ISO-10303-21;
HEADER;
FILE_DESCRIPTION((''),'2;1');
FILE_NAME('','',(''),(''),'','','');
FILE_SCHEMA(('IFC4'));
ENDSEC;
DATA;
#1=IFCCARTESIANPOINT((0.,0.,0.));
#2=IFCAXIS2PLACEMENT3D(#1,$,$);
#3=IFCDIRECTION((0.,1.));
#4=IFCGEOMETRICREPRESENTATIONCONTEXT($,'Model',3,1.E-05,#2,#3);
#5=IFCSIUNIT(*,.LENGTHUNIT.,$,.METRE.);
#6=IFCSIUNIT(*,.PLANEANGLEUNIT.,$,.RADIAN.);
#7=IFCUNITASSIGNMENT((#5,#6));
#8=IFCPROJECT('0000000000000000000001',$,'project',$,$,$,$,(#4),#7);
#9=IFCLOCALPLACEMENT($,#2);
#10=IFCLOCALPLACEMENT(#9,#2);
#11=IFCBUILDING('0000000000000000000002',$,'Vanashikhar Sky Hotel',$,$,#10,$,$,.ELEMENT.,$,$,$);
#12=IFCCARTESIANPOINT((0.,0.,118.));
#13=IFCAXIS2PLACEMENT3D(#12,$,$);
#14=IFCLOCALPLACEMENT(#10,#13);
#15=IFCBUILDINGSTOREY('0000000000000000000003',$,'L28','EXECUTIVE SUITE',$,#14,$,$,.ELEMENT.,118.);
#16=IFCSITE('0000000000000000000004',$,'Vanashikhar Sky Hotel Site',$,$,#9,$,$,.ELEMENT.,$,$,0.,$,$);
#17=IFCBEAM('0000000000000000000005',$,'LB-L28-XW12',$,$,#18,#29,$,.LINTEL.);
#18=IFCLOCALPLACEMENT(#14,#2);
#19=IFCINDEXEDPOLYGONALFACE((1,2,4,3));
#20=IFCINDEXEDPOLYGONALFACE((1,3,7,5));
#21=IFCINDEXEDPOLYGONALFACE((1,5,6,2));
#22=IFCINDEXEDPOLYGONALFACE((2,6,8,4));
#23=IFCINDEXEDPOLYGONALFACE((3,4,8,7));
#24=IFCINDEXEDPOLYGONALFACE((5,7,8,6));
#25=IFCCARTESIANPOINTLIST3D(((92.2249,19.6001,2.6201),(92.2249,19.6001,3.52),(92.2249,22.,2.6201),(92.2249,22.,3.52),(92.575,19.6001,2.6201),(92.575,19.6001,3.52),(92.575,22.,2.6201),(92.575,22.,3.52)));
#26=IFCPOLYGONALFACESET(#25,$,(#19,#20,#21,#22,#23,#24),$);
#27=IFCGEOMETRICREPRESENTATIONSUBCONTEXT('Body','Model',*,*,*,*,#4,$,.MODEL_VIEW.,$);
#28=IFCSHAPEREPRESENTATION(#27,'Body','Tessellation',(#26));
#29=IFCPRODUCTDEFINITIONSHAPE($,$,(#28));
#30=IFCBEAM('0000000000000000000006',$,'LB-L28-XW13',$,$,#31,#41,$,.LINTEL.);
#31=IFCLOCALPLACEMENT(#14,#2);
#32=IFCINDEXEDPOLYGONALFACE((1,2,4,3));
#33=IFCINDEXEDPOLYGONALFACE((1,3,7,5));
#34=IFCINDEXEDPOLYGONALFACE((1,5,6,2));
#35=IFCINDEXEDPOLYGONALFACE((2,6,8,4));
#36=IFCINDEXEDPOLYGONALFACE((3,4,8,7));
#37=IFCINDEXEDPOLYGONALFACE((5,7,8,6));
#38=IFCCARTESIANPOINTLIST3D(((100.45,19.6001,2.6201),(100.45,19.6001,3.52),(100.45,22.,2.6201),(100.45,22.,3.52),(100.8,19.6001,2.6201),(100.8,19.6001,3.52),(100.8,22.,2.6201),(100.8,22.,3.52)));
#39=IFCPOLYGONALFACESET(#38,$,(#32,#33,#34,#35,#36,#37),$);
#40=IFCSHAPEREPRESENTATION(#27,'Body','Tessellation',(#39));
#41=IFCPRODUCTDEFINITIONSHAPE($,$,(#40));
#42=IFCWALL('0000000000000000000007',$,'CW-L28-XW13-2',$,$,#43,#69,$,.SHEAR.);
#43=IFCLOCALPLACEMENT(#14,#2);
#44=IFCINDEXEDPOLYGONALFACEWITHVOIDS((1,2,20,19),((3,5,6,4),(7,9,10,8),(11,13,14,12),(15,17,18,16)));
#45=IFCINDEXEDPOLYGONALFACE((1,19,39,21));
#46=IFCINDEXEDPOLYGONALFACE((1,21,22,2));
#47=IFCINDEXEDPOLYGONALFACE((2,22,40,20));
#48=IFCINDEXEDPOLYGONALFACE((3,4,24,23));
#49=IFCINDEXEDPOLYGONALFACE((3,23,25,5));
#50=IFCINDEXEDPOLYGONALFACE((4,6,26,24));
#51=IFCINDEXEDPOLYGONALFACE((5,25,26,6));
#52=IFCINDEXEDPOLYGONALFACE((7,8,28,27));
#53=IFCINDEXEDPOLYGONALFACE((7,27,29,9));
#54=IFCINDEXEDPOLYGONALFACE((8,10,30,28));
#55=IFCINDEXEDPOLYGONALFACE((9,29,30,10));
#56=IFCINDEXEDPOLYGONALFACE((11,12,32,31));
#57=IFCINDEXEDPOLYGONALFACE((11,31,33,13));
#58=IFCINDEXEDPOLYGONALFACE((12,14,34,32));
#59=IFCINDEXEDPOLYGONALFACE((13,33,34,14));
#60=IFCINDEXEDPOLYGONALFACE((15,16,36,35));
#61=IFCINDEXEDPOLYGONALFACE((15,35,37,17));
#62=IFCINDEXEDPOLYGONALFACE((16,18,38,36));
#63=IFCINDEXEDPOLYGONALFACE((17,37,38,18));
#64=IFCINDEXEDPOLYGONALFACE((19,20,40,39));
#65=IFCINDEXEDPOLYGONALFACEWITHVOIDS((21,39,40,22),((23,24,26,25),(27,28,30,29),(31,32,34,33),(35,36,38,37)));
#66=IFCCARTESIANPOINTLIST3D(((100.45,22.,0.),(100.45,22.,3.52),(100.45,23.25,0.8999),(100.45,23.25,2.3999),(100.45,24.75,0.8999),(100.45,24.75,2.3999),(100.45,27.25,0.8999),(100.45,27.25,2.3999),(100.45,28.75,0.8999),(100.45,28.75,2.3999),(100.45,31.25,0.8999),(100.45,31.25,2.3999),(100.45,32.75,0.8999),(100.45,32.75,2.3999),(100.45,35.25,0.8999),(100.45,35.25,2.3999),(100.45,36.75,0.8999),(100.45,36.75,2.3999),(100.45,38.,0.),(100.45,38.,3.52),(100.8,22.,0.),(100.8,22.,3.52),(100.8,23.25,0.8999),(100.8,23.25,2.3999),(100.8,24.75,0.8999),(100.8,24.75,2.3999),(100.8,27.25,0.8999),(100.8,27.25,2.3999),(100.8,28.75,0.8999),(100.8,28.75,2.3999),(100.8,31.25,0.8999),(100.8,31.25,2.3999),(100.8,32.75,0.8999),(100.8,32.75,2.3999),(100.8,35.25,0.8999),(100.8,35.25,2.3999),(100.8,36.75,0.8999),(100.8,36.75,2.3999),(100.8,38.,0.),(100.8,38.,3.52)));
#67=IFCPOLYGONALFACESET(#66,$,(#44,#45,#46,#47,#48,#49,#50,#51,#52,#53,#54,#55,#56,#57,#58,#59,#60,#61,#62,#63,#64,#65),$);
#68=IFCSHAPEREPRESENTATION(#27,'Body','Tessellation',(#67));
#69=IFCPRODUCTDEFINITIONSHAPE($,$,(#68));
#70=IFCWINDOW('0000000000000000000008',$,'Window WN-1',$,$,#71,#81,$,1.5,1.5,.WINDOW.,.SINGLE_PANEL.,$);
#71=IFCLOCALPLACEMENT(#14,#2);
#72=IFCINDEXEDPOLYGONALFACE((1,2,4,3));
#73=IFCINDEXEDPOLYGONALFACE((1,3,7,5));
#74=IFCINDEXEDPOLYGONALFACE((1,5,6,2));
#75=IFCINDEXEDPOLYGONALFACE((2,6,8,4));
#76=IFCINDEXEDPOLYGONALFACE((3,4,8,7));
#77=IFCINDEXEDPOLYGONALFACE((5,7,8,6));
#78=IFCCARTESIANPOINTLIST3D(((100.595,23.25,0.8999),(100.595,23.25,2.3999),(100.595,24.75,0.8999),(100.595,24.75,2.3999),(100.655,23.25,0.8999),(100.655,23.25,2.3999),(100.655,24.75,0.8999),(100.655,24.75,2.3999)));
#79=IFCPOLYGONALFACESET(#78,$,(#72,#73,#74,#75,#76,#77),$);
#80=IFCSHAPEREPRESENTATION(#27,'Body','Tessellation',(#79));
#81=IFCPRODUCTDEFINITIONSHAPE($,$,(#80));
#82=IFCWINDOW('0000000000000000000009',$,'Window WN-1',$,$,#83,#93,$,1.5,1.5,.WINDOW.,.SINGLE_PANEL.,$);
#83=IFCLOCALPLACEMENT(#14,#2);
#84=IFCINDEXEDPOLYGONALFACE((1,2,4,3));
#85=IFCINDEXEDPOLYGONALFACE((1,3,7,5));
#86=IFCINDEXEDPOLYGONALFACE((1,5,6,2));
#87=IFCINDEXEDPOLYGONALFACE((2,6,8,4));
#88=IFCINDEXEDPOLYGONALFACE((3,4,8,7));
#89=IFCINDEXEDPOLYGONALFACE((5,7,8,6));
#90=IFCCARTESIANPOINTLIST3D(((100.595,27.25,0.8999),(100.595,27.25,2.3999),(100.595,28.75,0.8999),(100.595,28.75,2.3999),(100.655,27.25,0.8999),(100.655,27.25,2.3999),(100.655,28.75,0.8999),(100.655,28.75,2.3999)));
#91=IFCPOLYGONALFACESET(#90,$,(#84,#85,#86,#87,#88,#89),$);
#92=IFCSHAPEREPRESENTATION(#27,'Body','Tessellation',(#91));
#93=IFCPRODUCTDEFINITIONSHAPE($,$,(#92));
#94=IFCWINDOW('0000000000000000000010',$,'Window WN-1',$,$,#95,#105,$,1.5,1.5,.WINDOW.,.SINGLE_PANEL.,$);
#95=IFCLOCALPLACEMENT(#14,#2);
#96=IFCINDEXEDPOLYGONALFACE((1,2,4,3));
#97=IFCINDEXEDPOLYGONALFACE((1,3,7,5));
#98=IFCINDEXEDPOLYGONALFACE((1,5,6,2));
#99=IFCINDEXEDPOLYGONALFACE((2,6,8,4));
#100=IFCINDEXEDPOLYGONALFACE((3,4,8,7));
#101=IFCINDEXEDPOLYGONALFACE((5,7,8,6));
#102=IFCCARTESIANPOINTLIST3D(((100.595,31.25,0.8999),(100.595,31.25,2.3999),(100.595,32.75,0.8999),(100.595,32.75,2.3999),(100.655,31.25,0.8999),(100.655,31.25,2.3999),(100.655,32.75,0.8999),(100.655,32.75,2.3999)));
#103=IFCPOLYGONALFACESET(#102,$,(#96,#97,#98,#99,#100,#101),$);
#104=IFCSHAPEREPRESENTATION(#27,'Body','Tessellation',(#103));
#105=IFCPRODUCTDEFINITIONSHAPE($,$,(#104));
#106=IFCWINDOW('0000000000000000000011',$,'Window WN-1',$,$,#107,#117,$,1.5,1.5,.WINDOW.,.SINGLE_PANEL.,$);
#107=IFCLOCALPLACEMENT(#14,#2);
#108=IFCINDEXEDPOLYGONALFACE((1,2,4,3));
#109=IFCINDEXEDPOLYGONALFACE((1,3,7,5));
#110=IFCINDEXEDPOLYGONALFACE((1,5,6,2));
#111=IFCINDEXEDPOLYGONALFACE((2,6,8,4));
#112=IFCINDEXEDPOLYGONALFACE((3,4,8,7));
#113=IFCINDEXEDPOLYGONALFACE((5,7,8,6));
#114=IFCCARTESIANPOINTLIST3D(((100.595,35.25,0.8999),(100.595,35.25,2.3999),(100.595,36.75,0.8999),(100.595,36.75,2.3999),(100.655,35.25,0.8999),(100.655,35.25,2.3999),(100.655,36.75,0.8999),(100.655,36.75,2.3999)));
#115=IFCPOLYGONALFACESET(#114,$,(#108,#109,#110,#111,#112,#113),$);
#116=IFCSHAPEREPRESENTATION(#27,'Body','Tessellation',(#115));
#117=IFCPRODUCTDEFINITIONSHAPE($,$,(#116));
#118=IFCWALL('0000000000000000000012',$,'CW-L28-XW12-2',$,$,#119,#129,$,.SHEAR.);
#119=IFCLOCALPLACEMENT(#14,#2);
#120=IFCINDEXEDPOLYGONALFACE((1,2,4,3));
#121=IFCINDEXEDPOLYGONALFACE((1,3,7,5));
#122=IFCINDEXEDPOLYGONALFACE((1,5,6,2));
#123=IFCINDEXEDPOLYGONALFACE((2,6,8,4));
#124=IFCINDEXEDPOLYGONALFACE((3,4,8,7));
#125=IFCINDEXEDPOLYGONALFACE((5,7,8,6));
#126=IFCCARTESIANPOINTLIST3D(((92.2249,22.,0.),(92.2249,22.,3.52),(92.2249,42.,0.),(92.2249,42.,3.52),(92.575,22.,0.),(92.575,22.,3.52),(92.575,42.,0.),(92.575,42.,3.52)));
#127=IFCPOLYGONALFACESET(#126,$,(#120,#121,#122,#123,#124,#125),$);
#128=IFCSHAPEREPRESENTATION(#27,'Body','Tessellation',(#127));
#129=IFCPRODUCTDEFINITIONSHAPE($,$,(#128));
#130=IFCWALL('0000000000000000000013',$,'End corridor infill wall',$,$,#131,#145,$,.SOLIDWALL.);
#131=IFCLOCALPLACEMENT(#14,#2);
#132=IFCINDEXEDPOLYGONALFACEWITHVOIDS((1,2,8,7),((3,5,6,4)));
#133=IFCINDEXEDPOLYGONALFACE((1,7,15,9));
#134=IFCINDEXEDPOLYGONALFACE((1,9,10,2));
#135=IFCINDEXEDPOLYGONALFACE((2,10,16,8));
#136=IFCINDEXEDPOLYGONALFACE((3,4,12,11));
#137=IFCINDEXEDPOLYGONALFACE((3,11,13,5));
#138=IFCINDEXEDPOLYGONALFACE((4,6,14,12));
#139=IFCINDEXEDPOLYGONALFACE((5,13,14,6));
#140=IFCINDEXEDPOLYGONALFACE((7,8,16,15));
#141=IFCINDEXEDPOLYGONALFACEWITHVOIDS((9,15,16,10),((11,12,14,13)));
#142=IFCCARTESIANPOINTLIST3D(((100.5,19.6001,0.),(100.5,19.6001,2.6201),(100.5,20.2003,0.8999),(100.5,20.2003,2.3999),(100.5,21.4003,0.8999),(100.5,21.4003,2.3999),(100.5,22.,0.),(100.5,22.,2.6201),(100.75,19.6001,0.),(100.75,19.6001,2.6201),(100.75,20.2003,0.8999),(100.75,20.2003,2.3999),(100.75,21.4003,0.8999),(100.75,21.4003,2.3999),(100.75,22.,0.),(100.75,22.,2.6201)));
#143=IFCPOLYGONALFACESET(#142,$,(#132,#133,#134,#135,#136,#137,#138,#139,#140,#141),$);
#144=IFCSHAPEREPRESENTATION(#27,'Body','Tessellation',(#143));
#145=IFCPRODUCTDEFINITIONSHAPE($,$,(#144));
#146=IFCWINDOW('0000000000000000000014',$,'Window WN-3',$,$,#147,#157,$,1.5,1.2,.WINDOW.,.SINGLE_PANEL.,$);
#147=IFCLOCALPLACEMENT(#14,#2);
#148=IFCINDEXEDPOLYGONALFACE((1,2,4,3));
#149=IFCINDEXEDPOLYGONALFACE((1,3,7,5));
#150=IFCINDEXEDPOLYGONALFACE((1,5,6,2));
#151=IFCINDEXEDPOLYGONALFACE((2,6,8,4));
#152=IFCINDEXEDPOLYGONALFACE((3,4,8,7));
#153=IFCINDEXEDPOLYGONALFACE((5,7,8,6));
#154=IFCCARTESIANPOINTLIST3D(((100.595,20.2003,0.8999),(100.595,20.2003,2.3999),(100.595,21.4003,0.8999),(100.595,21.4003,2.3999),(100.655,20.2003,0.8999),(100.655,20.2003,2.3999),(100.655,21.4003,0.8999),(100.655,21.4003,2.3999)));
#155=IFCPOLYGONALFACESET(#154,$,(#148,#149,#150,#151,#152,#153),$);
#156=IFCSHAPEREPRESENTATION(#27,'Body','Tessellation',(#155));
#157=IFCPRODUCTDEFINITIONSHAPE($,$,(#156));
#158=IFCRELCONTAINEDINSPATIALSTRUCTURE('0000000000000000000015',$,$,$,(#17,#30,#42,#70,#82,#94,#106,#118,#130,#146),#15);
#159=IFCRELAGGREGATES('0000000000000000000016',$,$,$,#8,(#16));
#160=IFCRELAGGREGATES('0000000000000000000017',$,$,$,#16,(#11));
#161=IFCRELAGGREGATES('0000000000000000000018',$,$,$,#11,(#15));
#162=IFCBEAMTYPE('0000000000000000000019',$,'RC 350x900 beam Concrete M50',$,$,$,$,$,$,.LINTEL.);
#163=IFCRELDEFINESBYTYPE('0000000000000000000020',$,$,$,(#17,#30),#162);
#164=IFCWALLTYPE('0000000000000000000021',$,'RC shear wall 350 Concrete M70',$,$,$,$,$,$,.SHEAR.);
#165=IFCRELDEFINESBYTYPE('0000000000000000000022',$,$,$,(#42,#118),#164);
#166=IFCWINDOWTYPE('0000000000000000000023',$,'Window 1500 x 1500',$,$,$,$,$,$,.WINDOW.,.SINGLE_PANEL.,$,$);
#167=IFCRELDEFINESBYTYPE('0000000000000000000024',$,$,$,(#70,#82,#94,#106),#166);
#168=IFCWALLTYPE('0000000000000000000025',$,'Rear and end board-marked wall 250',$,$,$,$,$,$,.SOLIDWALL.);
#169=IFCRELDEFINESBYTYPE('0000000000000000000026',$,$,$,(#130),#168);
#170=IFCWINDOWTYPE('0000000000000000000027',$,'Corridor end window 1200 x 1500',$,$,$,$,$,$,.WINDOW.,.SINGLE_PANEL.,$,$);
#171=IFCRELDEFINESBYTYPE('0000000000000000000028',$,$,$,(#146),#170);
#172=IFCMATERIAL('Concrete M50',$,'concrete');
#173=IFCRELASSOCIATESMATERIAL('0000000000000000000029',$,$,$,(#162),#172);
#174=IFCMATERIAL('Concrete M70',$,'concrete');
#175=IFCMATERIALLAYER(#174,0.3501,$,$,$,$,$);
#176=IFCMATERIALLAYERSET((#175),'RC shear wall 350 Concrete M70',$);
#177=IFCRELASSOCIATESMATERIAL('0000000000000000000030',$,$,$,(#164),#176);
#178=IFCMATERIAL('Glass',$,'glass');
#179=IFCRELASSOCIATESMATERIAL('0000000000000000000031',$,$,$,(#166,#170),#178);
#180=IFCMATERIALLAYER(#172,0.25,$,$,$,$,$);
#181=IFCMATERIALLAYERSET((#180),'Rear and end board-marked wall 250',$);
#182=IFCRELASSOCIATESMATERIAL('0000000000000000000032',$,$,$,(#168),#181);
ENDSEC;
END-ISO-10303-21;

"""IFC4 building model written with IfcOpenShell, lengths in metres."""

from ifc_helpers import new_model, si_unit, direction, frame, frame_2d, origin, origin_2d, place, context, subcontext, project, spatial, rectangle, extrude, source, transform, mapped, material, layer, layer_set, material_profile, profile_set, type_object, element, fill, save


model = new_model("IFC4")

# Units and contexts
model_context = context("Model", 3, precision=1e-05, world=origin(), true_north=direction((0.0, 1.0)))
body_context = subcontext(model_context, "Body", "Model", "MODEL_VIEW")
ifc_project = project(units=[si_unit("LENGTHUNIT", "METRE"), si_unit("PLANEANGLEUNIT", "RADIAN")], contexts=[model_context])

# Site, building, storey
site_placement = place(None, origin())
site = spatial("IfcSite", under=ifc_project, at=site_placement, Name="Vanashikhar Sky Hotel Site", CompositionType="ELEMENT", RefElevation=0.0)
building_placement = place(site_placement, origin())
building = spatial("IfcBuilding", under=site, at=building_placement, Name="Vanashikhar Sky Hotel", CompositionType="ELEMENT")
storey_placement = place(building_placement, frame((0.0, 0.0, 118.0)))
storey = spatial("IfcBuildingStorey", under=building, at=storey_placement, Name="L28", Description="EXECUTIVE SUITE", CompositionType="ELEMENT", Elevation=118.0)

# Beams
ifc_material_1 = material(Name="Concrete M50", Category="concrete")
ifc_material_profile = material_profile(ifc_material_1, rectangle(XDim=0.3501, YDim=0.8999, at=origin_2d()))
ifc_profile_set = profile_set([ifc_material_profile], Name="RC 350x900 beam Concrete M50")
beam_type = type_object("IfcBeamType", Name="RC 350x900 beam Concrete M50", PredefinedType="LINTEL", material=ifc_profile_set)
shared_shape_1 = source(origin(), body_context, "Body", "SweptSolid", [
    extrude(rectangle(XDim=0.3501, YDim=0.8999, at=origin_2d()), origin(), (0.0, 0.0, 1.0), 2.3999),
])
for number, where, z_axis, x_axis, name in (
    (1, (92.3999, 19.6001, 3.0701), (0.0, 1.0, 0.0), (-1.0, 0.0, 0.0), "LB-L28-XW12"),
    (2, (100.625, 19.6001, 3.0701), (0.0, 1.0, 0.0), (-1.0, 0.0, 0.0), "LB-L28-XW13"),
):
    element("IfcBeam", number, at=place(storey_placement, frame(where, z_axis=z_axis, x_axis=x_axis)), inside=storey, type_object=beam_type, Name=name, PredefinedType="LINTEL", context=body_context, shape_type="MappedRepresentation", body=[
        mapped(shared_shape_1, transform((0.0, 0.0, 0.0), scale=1.0)),
    ])

# Wall, openings, windows
ifc_material_2 = material(Name="Concrete M70", Category="concrete")
ifc_layer_1 = layer(ifc_material_2, 0.3501)
ifc_layer_set_1 = layer_set([ifc_layer_1], Name="RC shear wall 350 Concrete M70")
wall_type_1 = type_object("IfcWallType", Name="RC shear wall 350 Concrete M70", PredefinedType="SHEAR", material=ifc_layer_set_1)
shared_shape_2 = source(origin(), body_context, "Body", "SweptSolid", [
    extrude(rectangle(XDim=16.0, YDim=0.3501, at=frame_2d((8.0, 0.0))), origin(), (0.0, 0.0, 1.0), 3.52),
])
wall_1_placement = place(storey_placement, frame((100.625, 22.0, 0.0), z_axis=(0.0, 0.0, 1.0), x_axis=(0.0, 1.0, 0.0)))
wall_1 = element("IfcWall", 3, at=wall_1_placement, inside=storey, type_object=wall_type_1, Name="CW-L28-XW13-2", PredefinedType="SHEAR", context=body_context, shape_type="MappedRepresentation", body=[
    mapped(shared_shape_2, transform((0.0, 0.0, 0.0), scale=1.0)),
])
shared_shape_3 = source(origin(), body_context, "Body", "SweptSolid", [
    extrude(rectangle(XDim=1.5, YDim=1.5, at=frame_2d((0.75, 0.75))), frame((0.0, 0.1851, 0.0), z_axis=(0.0, -1.0, 0.0), x_axis=(1.0, 0.0, 0.0)), (0.0, 0.0, 1.0), 0.3701),
])
opening_1_placement = place(wall_1_placement, frame((1.25, 0.0, 0.8999)))
opening_1 = element("IfcOpeningElement", 4, at=opening_1_placement, cuts=wall_1, PredefinedType="OPENING", context=body_context, shape_type="MappedRepresentation", body=[
    mapped(shared_shape_3, transform((0.0, 0.0, 0.0), scale=1.0)),
])
opening_2_placement = place(wall_1_placement, frame((5.25, 0.0, 0.8999)))
opening_2 = element("IfcOpeningElement", 5, at=opening_2_placement, cuts=wall_1, PredefinedType="OPENING", context=body_context, shape_type="MappedRepresentation", body=[
    mapped(shared_shape_3, transform((0.0, 0.0, 0.0), scale=1.0)),
])
opening_3_placement = place(wall_1_placement, frame((9.25, 0.0, 0.8999)))
opening_3 = element("IfcOpeningElement", 6, at=opening_3_placement, cuts=wall_1, PredefinedType="OPENING", context=body_context, shape_type="MappedRepresentation", body=[
    mapped(shared_shape_3, transform((0.0, 0.0, 0.0), scale=1.0)),
])
opening_4_placement = place(wall_1_placement, frame((13.25, 0.0, 0.8999)))
opening_4 = element("IfcOpeningElement", 7, at=opening_4_placement, cuts=wall_1, PredefinedType="OPENING", context=body_context, shape_type="MappedRepresentation", body=[
    mapped(shared_shape_3, transform((0.0, 0.0, 0.0), scale=1.0)),
])
ifc_material_3 = material(Name="Glass", Category="glass")
window_type_1 = type_object("IfcWindowType", Name="Window 1500 x 1500", PartitioningType="SINGLE_PANEL", PredefinedType="WINDOW", material=ifc_material_3)
shared_shape_4 = source(origin(), body_context, "Body", "SweptSolid", [
    extrude(rectangle(XDim=1.5, YDim=1.5, at=frame_2d((0.75, 0.75))), frame((0.0, 0.03, 0.0), z_axis=(0.0, -1.0, 0.0), x_axis=(1.0, 0.0, 0.0)), (0.0, 0.0, 1.0), 0.0601),
])
window_1_placement = place(opening_1_placement, origin())
window_1 = element("IfcWindow", 8, at=window_1_placement, inside=storey, type_object=window_type_1, Name="Window WN-1", OverallHeight=1.5, OverallWidth=1.5, PartitioningType="SINGLE_PANEL", PredefinedType="WINDOW", context=body_context, shape_type="MappedRepresentation", body=[
    mapped(shared_shape_4, transform((0.0, 0.0, 0.0), scale=1.0)),
])
fill(opening_1, window_1)
window_2_placement = place(opening_2_placement, origin())
window_2 = element("IfcWindow", 9, at=window_2_placement, inside=storey, type_object=window_type_1, Name="Window WN-1", OverallHeight=1.5, OverallWidth=1.5, PartitioningType="SINGLE_PANEL", PredefinedType="WINDOW", context=body_context, shape_type="MappedRepresentation", body=[
    mapped(shared_shape_4, transform((0.0, 0.0, 0.0), scale=1.0)),
])
fill(opening_2, window_2)
window_3_placement = place(opening_3_placement, origin())
window_3 = element("IfcWindow", 10, at=window_3_placement, inside=storey, type_object=window_type_1, Name="Window WN-1", OverallHeight=1.5, OverallWidth=1.5, PartitioningType="SINGLE_PANEL", PredefinedType="WINDOW", context=body_context, shape_type="MappedRepresentation", body=[
    mapped(shared_shape_4, transform((0.0, 0.0, 0.0), scale=1.0)),
])
fill(opening_3, window_3)
window_4_placement = place(opening_4_placement, origin())
window_4 = element("IfcWindow", 11, at=window_4_placement, inside=storey, type_object=window_type_1, Name="Window WN-1", OverallHeight=1.5, OverallWidth=1.5, PartitioningType="SINGLE_PANEL", PredefinedType="WINDOW", context=body_context, shape_type="MappedRepresentation", body=[
    mapped(shared_shape_4, transform((0.0, 0.0, 0.0), scale=1.0)),
])
fill(opening_4, window_4)

# Wall
shared_shape_5 = source(origin(), body_context, "Body", "SweptSolid", [
    extrude(rectangle(XDim=20.0, YDim=0.3501, at=frame_2d((10.0, 0.0))), origin(), (0.0, 0.0, 1.0), 3.52),
])
wall_2_placement = place(storey_placement, frame((92.3999, 22.0, 0.0), z_axis=(0.0, 0.0, 1.0), x_axis=(0.0, 1.0, 0.0)))
element("IfcWall", 12, at=wall_2_placement, inside=storey, type_object=wall_type_1, Name="CW-L28-XW12-2", PredefinedType="SHEAR", context=body_context, shape_type="MappedRepresentation", body=[
    mapped(shared_shape_5, transform((0.0, 0.0, 0.0), scale=1.0)),
])

# Wall, opening, window
ifc_layer_2 = layer(ifc_material_1, 0.25)
ifc_layer_set_2 = layer_set([ifc_layer_2], Name="Rear and end board-marked wall 250")
wall_type_2 = type_object("IfcWallType", Name="Rear and end board-marked wall 250", PredefinedType="SOLIDWALL", material=ifc_layer_set_2)
shared_shape_6 = source(origin(), body_context, "Body", "SweptSolid", [
    extrude(rectangle(XDim=2.3999, YDim=0.25, at=frame_2d((1.2, 0.0))), origin(), (0.0, 0.0, 1.0), 2.6201),
])
wall_3_placement = place(storey_placement, frame((100.625, 19.6001, 0.0), z_axis=(0.0, 0.0, 1.0), x_axis=(0.0, 1.0, 0.0)))
wall_3 = element("IfcWall", 13, at=wall_3_placement, inside=storey, type_object=wall_type_2, Name="End corridor infill wall", PredefinedType="SOLIDWALL", context=body_context, shape_type="MappedRepresentation", body=[
    mapped(shared_shape_6, transform((0.0, 0.0, 0.0), scale=1.0)),
])
shared_shape_7 = source(origin(), body_context, "Body", "SweptSolid", [
    extrude(rectangle(XDim=1.2, YDim=1.5, at=frame_2d((0.6001, 0.75))), frame((0.0, 0.135, 0.0), z_axis=(0.0, -1.0, 0.0), x_axis=(1.0, 0.0, 0.0)), (0.0, 0.0, 1.0), 0.27),
])
opening_5_placement = place(wall_3_placement, frame((0.6001, 0.0, 0.8999)))
opening_5 = element("IfcOpeningElement", 14, at=opening_5_placement, cuts=wall_3, PredefinedType="OPENING", context=body_context, shape_type="MappedRepresentation", body=[
    mapped(shared_shape_7, transform((0.0, 0.0, 0.0), scale=1.0)),
])
window_type_2 = type_object("IfcWindowType", Name="Corridor end window 1200 x 1500", PartitioningType="SINGLE_PANEL", PredefinedType="WINDOW", material=ifc_material_3)
shared_shape_8 = source(origin(), body_context, "Body", "SweptSolid", [
    extrude(rectangle(XDim=1.2, YDim=1.5, at=frame_2d((0.6001, 0.75))), frame((0.0, 0.03, 0.0), z_axis=(0.0, -1.0, 0.0), x_axis=(1.0, 0.0, 0.0)), (0.0, 0.0, 1.0), 0.0601),
])
window_5_placement = place(opening_5_placement, origin())
window_5 = element("IfcWindow", 15, at=window_5_placement, inside=storey, type_object=window_type_2, Name="Window WN-3", OverallHeight=1.5, OverallWidth=1.2, PartitioningType="SINGLE_PANEL", PredefinedType="WINDOW", context=body_context, shape_type="MappedRepresentation", body=[
    mapped(shared_shape_8, transform((0.0, 0.0, 0.0), scale=1.0)),
])
fill(opening_5, window_5)

save(model, "model.ifc")
